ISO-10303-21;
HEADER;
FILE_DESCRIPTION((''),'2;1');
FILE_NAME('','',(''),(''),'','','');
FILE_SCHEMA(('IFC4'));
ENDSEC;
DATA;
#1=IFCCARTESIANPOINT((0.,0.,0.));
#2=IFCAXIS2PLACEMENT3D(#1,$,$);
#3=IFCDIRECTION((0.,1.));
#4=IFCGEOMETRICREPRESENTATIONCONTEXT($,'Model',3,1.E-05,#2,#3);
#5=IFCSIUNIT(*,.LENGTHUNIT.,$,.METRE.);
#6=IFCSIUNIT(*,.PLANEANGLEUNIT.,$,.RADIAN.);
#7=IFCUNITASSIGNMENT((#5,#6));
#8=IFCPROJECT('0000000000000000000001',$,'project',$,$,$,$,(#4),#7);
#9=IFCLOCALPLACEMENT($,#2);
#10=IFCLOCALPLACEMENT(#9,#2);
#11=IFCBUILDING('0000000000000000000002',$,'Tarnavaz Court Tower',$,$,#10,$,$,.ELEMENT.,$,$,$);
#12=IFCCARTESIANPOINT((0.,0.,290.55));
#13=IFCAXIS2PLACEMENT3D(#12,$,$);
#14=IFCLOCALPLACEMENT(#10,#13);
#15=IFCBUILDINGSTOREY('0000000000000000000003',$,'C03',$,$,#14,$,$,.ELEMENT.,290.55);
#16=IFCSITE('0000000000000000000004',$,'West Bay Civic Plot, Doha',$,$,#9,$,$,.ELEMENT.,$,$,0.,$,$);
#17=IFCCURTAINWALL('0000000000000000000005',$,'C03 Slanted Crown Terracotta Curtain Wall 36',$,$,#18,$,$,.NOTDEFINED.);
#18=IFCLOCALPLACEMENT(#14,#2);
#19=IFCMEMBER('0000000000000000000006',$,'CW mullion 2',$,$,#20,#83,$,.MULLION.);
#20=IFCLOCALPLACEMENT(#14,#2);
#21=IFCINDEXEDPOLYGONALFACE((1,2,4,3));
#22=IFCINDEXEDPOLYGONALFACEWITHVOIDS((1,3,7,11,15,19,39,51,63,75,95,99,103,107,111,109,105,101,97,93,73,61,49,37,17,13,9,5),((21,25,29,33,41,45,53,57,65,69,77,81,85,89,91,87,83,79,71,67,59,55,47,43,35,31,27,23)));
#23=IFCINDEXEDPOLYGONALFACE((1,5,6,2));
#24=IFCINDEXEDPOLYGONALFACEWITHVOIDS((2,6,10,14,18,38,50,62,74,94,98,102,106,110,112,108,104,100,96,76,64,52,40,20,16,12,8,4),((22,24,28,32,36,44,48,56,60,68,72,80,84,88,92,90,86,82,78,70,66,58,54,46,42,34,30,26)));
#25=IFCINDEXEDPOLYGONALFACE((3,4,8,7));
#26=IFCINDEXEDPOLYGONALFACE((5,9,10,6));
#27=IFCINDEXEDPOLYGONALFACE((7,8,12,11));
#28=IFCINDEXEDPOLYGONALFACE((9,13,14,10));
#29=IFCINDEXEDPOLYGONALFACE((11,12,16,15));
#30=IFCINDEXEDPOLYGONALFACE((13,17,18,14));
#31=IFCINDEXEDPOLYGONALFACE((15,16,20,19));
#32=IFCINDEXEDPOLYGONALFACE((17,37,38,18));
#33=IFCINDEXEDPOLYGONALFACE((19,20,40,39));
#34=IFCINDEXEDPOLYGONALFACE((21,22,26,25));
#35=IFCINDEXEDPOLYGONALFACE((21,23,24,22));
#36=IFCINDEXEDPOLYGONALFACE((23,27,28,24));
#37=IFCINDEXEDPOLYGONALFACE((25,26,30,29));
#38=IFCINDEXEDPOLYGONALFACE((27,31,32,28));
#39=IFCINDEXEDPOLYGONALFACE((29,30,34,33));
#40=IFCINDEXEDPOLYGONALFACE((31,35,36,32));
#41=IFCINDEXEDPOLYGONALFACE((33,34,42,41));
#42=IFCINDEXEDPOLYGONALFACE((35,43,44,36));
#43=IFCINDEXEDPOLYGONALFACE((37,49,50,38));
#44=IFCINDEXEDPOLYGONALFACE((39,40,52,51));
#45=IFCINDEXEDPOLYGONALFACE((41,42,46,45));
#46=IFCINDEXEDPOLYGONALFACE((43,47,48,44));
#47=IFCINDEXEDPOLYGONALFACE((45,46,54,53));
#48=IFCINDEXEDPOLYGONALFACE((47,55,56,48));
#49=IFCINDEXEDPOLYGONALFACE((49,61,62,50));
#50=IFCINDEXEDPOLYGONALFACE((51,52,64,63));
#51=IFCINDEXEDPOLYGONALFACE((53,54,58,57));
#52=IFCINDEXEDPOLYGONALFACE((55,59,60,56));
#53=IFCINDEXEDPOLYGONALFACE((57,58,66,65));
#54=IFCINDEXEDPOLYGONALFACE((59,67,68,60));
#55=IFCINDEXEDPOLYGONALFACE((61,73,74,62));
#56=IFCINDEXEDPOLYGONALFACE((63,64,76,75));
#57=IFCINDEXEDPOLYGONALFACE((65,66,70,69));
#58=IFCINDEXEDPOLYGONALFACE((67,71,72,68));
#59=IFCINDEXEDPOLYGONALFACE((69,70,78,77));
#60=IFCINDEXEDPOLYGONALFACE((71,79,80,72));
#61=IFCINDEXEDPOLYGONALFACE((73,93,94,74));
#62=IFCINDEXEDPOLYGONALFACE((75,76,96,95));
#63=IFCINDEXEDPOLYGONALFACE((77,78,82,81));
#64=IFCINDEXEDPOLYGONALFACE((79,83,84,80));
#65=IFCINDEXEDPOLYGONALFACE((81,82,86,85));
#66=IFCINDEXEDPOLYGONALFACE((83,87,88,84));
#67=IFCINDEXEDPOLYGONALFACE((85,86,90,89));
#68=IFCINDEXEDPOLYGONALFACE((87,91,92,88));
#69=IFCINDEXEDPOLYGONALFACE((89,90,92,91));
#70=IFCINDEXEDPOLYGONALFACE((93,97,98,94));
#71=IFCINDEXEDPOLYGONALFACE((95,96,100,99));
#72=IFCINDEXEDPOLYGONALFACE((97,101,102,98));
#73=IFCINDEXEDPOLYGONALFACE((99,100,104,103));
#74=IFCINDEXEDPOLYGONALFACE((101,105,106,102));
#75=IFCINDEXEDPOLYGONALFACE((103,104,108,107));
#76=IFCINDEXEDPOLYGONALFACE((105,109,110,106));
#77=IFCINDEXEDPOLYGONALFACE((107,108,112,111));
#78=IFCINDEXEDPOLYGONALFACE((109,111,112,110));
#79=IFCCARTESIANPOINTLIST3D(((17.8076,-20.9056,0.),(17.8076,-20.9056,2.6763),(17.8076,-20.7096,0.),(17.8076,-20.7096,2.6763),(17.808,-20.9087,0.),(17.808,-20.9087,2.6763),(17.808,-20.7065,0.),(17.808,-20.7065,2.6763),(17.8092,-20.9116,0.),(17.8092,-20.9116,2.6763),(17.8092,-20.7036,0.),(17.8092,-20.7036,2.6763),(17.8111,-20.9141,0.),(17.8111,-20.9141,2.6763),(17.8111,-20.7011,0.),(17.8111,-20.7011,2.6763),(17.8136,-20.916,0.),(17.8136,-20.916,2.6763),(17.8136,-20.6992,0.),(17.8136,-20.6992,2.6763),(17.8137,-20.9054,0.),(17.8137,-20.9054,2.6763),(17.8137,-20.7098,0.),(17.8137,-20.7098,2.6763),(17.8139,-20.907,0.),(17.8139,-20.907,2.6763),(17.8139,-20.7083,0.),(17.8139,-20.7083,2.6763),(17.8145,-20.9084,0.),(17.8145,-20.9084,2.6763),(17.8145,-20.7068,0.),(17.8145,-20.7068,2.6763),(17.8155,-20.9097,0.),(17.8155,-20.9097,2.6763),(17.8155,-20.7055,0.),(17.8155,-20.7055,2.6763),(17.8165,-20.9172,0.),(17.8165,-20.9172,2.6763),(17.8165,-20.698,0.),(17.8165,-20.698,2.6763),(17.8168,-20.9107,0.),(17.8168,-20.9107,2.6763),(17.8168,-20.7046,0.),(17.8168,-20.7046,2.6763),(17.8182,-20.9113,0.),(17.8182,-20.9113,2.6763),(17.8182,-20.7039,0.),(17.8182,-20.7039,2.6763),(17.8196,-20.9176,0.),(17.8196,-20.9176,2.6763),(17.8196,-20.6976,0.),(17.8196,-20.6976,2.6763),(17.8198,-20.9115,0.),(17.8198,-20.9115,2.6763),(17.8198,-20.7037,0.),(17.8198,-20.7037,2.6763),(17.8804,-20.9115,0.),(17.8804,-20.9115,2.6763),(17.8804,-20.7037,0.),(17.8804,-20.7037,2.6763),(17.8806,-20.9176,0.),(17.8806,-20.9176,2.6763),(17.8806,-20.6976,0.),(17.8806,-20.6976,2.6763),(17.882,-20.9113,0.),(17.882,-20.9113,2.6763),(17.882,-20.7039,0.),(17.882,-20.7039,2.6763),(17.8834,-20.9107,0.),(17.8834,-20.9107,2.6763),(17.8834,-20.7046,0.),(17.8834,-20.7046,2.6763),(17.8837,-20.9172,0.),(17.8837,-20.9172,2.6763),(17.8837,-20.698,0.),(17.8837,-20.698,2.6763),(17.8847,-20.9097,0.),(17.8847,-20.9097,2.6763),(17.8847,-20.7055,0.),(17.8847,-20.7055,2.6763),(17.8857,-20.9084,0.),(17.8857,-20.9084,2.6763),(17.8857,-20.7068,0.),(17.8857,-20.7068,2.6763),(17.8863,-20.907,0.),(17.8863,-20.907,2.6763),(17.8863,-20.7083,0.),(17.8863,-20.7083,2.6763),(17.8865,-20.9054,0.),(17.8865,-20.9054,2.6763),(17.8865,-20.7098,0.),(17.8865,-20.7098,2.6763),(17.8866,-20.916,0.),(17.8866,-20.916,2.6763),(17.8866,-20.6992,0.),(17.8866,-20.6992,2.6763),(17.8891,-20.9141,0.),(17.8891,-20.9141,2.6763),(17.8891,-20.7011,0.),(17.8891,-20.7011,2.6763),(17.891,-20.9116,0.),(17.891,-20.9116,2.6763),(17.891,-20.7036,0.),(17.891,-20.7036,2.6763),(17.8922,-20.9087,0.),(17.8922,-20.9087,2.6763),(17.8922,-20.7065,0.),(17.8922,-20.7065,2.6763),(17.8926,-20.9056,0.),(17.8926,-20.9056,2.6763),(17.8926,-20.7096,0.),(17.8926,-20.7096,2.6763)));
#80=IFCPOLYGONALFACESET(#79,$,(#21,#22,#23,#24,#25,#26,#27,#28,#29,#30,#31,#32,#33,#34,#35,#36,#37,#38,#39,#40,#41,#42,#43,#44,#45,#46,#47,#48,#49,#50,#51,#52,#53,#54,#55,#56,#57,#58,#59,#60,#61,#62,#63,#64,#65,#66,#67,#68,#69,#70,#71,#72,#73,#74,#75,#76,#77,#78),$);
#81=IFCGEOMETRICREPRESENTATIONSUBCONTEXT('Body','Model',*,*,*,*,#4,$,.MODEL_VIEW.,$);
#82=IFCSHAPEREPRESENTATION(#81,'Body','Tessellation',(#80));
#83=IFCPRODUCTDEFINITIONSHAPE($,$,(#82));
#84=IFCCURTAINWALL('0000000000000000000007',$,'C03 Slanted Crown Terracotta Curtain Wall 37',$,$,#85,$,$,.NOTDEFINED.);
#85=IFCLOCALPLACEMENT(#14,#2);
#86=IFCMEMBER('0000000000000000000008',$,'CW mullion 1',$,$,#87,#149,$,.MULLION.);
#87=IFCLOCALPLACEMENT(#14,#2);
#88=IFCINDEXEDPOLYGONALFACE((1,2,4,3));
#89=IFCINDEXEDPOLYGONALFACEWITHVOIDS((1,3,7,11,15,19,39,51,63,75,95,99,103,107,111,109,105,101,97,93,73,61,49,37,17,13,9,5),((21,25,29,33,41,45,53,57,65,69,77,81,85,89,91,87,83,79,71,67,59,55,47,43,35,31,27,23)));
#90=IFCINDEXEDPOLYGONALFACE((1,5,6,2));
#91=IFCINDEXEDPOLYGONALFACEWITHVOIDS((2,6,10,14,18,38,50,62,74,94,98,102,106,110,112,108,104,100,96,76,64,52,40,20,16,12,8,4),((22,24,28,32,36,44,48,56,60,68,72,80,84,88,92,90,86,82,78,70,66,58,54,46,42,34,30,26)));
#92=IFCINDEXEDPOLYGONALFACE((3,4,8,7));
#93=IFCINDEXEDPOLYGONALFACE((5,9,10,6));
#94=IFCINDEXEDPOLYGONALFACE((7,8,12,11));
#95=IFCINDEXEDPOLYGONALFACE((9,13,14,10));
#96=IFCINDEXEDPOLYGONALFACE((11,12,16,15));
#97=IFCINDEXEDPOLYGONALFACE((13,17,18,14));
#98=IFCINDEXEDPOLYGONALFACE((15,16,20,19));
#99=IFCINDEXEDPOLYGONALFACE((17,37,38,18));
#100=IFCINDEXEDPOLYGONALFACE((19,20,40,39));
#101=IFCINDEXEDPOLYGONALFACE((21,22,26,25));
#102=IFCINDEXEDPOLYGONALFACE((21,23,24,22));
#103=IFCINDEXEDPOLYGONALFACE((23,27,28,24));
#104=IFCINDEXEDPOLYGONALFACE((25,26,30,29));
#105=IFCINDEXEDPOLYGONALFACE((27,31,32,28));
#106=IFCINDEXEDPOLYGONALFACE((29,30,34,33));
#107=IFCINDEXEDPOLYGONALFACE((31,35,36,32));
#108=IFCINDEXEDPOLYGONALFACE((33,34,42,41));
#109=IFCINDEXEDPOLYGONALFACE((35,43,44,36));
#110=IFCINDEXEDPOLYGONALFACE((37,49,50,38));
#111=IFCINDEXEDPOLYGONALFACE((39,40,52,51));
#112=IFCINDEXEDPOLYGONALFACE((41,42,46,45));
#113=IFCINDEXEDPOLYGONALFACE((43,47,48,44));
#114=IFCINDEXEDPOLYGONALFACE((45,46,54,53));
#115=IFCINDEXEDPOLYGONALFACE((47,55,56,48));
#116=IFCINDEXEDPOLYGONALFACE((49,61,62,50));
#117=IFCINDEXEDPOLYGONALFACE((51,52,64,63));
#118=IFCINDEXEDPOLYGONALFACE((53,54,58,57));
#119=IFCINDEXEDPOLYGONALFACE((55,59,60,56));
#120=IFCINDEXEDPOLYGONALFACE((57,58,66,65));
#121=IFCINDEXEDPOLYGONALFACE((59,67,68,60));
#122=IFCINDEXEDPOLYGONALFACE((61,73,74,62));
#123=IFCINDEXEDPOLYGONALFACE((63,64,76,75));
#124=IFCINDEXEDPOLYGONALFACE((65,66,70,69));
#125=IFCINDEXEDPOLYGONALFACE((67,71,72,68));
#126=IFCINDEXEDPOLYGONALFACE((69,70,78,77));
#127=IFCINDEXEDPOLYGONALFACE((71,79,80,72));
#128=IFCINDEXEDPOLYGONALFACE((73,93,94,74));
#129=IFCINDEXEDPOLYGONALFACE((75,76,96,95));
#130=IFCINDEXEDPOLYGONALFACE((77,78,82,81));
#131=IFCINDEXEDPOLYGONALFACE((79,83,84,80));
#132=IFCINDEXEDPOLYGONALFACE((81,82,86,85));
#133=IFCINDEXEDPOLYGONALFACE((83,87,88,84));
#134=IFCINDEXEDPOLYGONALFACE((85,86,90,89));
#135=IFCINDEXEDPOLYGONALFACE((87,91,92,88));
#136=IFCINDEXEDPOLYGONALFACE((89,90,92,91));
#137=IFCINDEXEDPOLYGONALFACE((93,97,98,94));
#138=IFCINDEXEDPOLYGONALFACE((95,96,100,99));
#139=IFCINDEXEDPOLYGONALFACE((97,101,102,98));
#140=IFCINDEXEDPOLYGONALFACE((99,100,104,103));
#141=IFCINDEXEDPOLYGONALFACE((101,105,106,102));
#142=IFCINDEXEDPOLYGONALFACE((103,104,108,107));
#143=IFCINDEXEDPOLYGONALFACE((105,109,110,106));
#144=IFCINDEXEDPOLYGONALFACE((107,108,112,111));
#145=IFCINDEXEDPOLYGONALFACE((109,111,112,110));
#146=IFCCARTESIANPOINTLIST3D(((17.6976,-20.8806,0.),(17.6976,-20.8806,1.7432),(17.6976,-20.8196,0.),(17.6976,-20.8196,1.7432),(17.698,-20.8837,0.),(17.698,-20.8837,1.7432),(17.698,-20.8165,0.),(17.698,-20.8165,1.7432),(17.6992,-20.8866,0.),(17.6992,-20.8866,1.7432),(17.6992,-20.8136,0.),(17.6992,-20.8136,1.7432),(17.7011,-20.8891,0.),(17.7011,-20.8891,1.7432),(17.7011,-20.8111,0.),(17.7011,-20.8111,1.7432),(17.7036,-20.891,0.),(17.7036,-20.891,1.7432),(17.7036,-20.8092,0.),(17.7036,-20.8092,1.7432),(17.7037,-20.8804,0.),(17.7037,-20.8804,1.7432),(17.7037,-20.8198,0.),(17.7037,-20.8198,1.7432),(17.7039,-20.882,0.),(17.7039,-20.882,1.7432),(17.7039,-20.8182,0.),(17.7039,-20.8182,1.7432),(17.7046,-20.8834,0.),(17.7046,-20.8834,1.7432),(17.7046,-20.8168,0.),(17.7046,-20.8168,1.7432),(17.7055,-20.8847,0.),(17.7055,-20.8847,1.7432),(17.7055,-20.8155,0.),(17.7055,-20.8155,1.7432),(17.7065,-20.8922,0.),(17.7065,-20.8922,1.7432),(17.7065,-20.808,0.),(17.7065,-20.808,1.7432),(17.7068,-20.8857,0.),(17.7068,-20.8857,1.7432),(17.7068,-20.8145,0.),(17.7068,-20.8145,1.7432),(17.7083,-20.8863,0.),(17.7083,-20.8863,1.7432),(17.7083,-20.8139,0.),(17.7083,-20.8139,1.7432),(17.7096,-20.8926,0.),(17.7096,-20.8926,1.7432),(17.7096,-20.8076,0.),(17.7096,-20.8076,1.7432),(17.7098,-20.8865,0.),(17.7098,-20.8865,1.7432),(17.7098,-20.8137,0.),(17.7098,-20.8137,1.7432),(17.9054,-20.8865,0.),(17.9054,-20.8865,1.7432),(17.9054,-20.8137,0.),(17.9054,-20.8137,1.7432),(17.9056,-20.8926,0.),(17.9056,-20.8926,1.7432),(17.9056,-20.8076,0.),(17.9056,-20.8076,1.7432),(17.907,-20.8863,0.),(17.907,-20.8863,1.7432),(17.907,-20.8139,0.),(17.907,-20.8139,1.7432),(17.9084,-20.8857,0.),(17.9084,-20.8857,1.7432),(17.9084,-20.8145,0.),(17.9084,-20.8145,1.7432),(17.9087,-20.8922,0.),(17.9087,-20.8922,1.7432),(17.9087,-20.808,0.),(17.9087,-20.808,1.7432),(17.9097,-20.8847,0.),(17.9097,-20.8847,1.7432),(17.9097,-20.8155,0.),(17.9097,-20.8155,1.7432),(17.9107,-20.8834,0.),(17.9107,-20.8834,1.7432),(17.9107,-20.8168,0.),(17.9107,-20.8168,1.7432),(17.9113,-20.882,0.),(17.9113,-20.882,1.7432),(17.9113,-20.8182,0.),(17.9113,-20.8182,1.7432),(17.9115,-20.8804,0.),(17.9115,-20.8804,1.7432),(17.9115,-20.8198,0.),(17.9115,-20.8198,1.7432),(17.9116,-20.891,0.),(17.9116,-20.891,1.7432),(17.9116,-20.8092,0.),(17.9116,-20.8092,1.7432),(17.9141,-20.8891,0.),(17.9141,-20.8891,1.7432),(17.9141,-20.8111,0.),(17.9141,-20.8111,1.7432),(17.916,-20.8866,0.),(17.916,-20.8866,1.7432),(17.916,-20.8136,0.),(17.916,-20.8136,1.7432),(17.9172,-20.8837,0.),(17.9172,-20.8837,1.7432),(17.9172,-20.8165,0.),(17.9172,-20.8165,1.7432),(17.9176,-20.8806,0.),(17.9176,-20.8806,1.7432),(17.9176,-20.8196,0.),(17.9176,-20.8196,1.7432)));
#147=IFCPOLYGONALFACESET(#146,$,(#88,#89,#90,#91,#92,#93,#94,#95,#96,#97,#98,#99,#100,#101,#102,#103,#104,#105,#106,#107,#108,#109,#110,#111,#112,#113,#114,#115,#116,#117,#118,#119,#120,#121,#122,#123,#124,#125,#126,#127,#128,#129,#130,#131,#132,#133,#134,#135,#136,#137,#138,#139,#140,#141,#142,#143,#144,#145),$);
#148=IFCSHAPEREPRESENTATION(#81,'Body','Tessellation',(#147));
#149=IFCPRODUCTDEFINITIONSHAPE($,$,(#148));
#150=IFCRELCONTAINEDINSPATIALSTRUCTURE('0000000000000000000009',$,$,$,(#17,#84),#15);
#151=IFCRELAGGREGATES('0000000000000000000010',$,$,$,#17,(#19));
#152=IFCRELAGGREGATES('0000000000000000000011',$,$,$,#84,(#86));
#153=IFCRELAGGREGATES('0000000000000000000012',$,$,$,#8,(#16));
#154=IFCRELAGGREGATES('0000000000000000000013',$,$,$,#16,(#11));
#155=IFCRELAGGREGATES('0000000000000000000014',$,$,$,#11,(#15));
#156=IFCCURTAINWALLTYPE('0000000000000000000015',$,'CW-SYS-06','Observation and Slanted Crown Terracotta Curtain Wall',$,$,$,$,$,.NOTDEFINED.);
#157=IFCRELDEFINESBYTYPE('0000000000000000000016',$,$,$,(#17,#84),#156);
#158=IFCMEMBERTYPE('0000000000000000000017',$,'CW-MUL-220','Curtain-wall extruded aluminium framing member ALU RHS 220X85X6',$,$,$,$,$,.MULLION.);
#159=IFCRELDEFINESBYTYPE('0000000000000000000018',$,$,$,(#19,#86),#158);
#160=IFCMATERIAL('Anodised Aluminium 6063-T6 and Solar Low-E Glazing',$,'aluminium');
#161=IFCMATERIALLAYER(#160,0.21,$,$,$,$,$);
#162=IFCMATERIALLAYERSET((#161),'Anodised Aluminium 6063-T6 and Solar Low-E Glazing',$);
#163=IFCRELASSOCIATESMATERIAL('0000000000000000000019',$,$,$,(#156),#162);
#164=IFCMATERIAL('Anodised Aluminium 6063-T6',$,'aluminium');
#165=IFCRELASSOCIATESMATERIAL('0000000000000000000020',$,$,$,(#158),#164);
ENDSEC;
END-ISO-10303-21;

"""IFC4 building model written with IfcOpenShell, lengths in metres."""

from ifc_helpers import new_model, si_unit, direction, frame, origin, origin_2d, place, context, subcontext, project, spatial, hollow_rectangle, extrude, material, layer, layer_set, material_profile, profile_set, type_object, element, aggregate, save


model = new_model("IFC4")

# Units and contexts
model_context = context("Model", 3, precision=1e-05, world=origin(), true_north=direction((0.0, 1.0)))
body_context = subcontext(model_context, "Body", "Model", "MODEL_VIEW")
ifc_project = project(units=[si_unit("LENGTHUNIT", "METRE"), si_unit("PLANEANGLEUNIT", "RADIAN")], contexts=[model_context])

# Site, building, storey
site_placement = place(None, origin())
site = spatial("IfcSite", under=ifc_project, at=site_placement, Name="West Bay Civic Plot, Doha", CompositionType="ELEMENT", RefElevation=0.0)
building_placement = place(site_placement, origin())
building = spatial("IfcBuilding", under=site, at=building_placement, Name="Tarnavaz Court Tower", CompositionType="ELEMENT")
storey_placement = place(building_placement, frame((0.0, 0.0, 290.55)))
storey = spatial("IfcBuildingStorey", under=building, at=storey_placement, Name="C03", CompositionType="ELEMENT", Elevation=290.55)

# Shared definitions
ifc_material_1 = material(Name="Anodised Aluminium 6063-T6 and Solar Low-E Glazing", Category="aluminium")
ifc_layer_1 = layer(ifc_material_1, 0.21)
ifc_layer_set_1 = layer_set([ifc_layer_1], Name="Anodised Aluminium 6063-T6 and Solar Low-E Glazing")
curtain_wall_type = type_object("IfcCurtainWallType", Name="CW-SYS-06", Description="Observation and Slanted Crown Terracotta Curtain Wall", PredefinedType="NOTDEFINED", material=ifc_layer_set_1)
ifc_material_2 = material(Name="Anodised Aluminium 6063-T6", Category="aluminium")
ifc_material_profile_1 = material_profile(ifc_material_2, hollow_rectangle(XDim=0.085, YDim=0.22, WallThickness=0.0061, InnerFilletRadius=0.0061, OuterFilletRadius=0.012, at=origin_2d()), Name="ALU RHS 220X85X6")
ifc_profile_set_1 = profile_set([ifc_material_profile_1], Name="Anodised Aluminium 6063-T6")
member_type_1 = type_object("IfcMemberType", Name="CW-MUL-220", Description="Curtain-wall extruded aluminium framing member ALU RHS 220X85X6", PredefinedType="MULLION", material=ifc_profile_set_1)

# Curtain walls, members
curtain_wall_1_placement = place(storey_placement, origin())
curtain_wall_1 = element("IfcCurtainWall", 1, at=curtain_wall_1_placement, inside=storey, type_object=curtain_wall_type, Name="C03 Slanted Crown Terracotta Curtain Wall 36", PredefinedType="NOTDEFINED")
member_1_placement = place(storey_placement, frame((17.8501, -20.8076, 0.0), z_axis=(0.0, 0.0, 1.0), x_axis=(1.0, 0.0, 0.0)))
member_1 = element("IfcMember", 2, at=member_1_placement, type_object=member_type_1, Name="CW mullion 2", PredefinedType="MULLION", context=body_context, shape_type="SweptSolid", body=[
    extrude(hollow_rectangle(XDim=0.085, YDim=0.22, WallThickness=0.0061, InnerFilletRadius=0.0061, OuterFilletRadius=0.012, at=origin_2d()), origin(), (0.0, 0.0, 1.0), 2.6763),
])
curtain_wall_2_placement = place(storey_placement, origin())
curtain_wall_2 = element("IfcCurtainWall", 3, at=curtain_wall_2_placement, inside=storey, type_object=curtain_wall_type, Name="C03 Slanted Crown Terracotta Curtain Wall 37", PredefinedType="NOTDEFINED")
member_2_placement = place(storey_placement, frame((17.8076, -20.8501, 0.0), z_axis=(0.0, 0.0, 1.0), x_axis=(0.0, -1.0, 0.0)))
member_2 = element("IfcMember", 4, at=member_2_placement, type_object=member_type_1, Name="CW mullion 1", PredefinedType="MULLION", context=body_context, shape_type="SweptSolid", body=[
    extrude(hollow_rectangle(XDim=0.085, YDim=0.22, WallThickness=0.0061, InnerFilletRadius=0.0061, OuterFilletRadius=0.012, at=origin_2d()), origin(), (0.0, 0.0, 1.0), 1.7432),
])

aggregate(curtain_wall_1, [member_1])
aggregate(curtain_wall_2, [member_2])

save(model, "model.ifc")
